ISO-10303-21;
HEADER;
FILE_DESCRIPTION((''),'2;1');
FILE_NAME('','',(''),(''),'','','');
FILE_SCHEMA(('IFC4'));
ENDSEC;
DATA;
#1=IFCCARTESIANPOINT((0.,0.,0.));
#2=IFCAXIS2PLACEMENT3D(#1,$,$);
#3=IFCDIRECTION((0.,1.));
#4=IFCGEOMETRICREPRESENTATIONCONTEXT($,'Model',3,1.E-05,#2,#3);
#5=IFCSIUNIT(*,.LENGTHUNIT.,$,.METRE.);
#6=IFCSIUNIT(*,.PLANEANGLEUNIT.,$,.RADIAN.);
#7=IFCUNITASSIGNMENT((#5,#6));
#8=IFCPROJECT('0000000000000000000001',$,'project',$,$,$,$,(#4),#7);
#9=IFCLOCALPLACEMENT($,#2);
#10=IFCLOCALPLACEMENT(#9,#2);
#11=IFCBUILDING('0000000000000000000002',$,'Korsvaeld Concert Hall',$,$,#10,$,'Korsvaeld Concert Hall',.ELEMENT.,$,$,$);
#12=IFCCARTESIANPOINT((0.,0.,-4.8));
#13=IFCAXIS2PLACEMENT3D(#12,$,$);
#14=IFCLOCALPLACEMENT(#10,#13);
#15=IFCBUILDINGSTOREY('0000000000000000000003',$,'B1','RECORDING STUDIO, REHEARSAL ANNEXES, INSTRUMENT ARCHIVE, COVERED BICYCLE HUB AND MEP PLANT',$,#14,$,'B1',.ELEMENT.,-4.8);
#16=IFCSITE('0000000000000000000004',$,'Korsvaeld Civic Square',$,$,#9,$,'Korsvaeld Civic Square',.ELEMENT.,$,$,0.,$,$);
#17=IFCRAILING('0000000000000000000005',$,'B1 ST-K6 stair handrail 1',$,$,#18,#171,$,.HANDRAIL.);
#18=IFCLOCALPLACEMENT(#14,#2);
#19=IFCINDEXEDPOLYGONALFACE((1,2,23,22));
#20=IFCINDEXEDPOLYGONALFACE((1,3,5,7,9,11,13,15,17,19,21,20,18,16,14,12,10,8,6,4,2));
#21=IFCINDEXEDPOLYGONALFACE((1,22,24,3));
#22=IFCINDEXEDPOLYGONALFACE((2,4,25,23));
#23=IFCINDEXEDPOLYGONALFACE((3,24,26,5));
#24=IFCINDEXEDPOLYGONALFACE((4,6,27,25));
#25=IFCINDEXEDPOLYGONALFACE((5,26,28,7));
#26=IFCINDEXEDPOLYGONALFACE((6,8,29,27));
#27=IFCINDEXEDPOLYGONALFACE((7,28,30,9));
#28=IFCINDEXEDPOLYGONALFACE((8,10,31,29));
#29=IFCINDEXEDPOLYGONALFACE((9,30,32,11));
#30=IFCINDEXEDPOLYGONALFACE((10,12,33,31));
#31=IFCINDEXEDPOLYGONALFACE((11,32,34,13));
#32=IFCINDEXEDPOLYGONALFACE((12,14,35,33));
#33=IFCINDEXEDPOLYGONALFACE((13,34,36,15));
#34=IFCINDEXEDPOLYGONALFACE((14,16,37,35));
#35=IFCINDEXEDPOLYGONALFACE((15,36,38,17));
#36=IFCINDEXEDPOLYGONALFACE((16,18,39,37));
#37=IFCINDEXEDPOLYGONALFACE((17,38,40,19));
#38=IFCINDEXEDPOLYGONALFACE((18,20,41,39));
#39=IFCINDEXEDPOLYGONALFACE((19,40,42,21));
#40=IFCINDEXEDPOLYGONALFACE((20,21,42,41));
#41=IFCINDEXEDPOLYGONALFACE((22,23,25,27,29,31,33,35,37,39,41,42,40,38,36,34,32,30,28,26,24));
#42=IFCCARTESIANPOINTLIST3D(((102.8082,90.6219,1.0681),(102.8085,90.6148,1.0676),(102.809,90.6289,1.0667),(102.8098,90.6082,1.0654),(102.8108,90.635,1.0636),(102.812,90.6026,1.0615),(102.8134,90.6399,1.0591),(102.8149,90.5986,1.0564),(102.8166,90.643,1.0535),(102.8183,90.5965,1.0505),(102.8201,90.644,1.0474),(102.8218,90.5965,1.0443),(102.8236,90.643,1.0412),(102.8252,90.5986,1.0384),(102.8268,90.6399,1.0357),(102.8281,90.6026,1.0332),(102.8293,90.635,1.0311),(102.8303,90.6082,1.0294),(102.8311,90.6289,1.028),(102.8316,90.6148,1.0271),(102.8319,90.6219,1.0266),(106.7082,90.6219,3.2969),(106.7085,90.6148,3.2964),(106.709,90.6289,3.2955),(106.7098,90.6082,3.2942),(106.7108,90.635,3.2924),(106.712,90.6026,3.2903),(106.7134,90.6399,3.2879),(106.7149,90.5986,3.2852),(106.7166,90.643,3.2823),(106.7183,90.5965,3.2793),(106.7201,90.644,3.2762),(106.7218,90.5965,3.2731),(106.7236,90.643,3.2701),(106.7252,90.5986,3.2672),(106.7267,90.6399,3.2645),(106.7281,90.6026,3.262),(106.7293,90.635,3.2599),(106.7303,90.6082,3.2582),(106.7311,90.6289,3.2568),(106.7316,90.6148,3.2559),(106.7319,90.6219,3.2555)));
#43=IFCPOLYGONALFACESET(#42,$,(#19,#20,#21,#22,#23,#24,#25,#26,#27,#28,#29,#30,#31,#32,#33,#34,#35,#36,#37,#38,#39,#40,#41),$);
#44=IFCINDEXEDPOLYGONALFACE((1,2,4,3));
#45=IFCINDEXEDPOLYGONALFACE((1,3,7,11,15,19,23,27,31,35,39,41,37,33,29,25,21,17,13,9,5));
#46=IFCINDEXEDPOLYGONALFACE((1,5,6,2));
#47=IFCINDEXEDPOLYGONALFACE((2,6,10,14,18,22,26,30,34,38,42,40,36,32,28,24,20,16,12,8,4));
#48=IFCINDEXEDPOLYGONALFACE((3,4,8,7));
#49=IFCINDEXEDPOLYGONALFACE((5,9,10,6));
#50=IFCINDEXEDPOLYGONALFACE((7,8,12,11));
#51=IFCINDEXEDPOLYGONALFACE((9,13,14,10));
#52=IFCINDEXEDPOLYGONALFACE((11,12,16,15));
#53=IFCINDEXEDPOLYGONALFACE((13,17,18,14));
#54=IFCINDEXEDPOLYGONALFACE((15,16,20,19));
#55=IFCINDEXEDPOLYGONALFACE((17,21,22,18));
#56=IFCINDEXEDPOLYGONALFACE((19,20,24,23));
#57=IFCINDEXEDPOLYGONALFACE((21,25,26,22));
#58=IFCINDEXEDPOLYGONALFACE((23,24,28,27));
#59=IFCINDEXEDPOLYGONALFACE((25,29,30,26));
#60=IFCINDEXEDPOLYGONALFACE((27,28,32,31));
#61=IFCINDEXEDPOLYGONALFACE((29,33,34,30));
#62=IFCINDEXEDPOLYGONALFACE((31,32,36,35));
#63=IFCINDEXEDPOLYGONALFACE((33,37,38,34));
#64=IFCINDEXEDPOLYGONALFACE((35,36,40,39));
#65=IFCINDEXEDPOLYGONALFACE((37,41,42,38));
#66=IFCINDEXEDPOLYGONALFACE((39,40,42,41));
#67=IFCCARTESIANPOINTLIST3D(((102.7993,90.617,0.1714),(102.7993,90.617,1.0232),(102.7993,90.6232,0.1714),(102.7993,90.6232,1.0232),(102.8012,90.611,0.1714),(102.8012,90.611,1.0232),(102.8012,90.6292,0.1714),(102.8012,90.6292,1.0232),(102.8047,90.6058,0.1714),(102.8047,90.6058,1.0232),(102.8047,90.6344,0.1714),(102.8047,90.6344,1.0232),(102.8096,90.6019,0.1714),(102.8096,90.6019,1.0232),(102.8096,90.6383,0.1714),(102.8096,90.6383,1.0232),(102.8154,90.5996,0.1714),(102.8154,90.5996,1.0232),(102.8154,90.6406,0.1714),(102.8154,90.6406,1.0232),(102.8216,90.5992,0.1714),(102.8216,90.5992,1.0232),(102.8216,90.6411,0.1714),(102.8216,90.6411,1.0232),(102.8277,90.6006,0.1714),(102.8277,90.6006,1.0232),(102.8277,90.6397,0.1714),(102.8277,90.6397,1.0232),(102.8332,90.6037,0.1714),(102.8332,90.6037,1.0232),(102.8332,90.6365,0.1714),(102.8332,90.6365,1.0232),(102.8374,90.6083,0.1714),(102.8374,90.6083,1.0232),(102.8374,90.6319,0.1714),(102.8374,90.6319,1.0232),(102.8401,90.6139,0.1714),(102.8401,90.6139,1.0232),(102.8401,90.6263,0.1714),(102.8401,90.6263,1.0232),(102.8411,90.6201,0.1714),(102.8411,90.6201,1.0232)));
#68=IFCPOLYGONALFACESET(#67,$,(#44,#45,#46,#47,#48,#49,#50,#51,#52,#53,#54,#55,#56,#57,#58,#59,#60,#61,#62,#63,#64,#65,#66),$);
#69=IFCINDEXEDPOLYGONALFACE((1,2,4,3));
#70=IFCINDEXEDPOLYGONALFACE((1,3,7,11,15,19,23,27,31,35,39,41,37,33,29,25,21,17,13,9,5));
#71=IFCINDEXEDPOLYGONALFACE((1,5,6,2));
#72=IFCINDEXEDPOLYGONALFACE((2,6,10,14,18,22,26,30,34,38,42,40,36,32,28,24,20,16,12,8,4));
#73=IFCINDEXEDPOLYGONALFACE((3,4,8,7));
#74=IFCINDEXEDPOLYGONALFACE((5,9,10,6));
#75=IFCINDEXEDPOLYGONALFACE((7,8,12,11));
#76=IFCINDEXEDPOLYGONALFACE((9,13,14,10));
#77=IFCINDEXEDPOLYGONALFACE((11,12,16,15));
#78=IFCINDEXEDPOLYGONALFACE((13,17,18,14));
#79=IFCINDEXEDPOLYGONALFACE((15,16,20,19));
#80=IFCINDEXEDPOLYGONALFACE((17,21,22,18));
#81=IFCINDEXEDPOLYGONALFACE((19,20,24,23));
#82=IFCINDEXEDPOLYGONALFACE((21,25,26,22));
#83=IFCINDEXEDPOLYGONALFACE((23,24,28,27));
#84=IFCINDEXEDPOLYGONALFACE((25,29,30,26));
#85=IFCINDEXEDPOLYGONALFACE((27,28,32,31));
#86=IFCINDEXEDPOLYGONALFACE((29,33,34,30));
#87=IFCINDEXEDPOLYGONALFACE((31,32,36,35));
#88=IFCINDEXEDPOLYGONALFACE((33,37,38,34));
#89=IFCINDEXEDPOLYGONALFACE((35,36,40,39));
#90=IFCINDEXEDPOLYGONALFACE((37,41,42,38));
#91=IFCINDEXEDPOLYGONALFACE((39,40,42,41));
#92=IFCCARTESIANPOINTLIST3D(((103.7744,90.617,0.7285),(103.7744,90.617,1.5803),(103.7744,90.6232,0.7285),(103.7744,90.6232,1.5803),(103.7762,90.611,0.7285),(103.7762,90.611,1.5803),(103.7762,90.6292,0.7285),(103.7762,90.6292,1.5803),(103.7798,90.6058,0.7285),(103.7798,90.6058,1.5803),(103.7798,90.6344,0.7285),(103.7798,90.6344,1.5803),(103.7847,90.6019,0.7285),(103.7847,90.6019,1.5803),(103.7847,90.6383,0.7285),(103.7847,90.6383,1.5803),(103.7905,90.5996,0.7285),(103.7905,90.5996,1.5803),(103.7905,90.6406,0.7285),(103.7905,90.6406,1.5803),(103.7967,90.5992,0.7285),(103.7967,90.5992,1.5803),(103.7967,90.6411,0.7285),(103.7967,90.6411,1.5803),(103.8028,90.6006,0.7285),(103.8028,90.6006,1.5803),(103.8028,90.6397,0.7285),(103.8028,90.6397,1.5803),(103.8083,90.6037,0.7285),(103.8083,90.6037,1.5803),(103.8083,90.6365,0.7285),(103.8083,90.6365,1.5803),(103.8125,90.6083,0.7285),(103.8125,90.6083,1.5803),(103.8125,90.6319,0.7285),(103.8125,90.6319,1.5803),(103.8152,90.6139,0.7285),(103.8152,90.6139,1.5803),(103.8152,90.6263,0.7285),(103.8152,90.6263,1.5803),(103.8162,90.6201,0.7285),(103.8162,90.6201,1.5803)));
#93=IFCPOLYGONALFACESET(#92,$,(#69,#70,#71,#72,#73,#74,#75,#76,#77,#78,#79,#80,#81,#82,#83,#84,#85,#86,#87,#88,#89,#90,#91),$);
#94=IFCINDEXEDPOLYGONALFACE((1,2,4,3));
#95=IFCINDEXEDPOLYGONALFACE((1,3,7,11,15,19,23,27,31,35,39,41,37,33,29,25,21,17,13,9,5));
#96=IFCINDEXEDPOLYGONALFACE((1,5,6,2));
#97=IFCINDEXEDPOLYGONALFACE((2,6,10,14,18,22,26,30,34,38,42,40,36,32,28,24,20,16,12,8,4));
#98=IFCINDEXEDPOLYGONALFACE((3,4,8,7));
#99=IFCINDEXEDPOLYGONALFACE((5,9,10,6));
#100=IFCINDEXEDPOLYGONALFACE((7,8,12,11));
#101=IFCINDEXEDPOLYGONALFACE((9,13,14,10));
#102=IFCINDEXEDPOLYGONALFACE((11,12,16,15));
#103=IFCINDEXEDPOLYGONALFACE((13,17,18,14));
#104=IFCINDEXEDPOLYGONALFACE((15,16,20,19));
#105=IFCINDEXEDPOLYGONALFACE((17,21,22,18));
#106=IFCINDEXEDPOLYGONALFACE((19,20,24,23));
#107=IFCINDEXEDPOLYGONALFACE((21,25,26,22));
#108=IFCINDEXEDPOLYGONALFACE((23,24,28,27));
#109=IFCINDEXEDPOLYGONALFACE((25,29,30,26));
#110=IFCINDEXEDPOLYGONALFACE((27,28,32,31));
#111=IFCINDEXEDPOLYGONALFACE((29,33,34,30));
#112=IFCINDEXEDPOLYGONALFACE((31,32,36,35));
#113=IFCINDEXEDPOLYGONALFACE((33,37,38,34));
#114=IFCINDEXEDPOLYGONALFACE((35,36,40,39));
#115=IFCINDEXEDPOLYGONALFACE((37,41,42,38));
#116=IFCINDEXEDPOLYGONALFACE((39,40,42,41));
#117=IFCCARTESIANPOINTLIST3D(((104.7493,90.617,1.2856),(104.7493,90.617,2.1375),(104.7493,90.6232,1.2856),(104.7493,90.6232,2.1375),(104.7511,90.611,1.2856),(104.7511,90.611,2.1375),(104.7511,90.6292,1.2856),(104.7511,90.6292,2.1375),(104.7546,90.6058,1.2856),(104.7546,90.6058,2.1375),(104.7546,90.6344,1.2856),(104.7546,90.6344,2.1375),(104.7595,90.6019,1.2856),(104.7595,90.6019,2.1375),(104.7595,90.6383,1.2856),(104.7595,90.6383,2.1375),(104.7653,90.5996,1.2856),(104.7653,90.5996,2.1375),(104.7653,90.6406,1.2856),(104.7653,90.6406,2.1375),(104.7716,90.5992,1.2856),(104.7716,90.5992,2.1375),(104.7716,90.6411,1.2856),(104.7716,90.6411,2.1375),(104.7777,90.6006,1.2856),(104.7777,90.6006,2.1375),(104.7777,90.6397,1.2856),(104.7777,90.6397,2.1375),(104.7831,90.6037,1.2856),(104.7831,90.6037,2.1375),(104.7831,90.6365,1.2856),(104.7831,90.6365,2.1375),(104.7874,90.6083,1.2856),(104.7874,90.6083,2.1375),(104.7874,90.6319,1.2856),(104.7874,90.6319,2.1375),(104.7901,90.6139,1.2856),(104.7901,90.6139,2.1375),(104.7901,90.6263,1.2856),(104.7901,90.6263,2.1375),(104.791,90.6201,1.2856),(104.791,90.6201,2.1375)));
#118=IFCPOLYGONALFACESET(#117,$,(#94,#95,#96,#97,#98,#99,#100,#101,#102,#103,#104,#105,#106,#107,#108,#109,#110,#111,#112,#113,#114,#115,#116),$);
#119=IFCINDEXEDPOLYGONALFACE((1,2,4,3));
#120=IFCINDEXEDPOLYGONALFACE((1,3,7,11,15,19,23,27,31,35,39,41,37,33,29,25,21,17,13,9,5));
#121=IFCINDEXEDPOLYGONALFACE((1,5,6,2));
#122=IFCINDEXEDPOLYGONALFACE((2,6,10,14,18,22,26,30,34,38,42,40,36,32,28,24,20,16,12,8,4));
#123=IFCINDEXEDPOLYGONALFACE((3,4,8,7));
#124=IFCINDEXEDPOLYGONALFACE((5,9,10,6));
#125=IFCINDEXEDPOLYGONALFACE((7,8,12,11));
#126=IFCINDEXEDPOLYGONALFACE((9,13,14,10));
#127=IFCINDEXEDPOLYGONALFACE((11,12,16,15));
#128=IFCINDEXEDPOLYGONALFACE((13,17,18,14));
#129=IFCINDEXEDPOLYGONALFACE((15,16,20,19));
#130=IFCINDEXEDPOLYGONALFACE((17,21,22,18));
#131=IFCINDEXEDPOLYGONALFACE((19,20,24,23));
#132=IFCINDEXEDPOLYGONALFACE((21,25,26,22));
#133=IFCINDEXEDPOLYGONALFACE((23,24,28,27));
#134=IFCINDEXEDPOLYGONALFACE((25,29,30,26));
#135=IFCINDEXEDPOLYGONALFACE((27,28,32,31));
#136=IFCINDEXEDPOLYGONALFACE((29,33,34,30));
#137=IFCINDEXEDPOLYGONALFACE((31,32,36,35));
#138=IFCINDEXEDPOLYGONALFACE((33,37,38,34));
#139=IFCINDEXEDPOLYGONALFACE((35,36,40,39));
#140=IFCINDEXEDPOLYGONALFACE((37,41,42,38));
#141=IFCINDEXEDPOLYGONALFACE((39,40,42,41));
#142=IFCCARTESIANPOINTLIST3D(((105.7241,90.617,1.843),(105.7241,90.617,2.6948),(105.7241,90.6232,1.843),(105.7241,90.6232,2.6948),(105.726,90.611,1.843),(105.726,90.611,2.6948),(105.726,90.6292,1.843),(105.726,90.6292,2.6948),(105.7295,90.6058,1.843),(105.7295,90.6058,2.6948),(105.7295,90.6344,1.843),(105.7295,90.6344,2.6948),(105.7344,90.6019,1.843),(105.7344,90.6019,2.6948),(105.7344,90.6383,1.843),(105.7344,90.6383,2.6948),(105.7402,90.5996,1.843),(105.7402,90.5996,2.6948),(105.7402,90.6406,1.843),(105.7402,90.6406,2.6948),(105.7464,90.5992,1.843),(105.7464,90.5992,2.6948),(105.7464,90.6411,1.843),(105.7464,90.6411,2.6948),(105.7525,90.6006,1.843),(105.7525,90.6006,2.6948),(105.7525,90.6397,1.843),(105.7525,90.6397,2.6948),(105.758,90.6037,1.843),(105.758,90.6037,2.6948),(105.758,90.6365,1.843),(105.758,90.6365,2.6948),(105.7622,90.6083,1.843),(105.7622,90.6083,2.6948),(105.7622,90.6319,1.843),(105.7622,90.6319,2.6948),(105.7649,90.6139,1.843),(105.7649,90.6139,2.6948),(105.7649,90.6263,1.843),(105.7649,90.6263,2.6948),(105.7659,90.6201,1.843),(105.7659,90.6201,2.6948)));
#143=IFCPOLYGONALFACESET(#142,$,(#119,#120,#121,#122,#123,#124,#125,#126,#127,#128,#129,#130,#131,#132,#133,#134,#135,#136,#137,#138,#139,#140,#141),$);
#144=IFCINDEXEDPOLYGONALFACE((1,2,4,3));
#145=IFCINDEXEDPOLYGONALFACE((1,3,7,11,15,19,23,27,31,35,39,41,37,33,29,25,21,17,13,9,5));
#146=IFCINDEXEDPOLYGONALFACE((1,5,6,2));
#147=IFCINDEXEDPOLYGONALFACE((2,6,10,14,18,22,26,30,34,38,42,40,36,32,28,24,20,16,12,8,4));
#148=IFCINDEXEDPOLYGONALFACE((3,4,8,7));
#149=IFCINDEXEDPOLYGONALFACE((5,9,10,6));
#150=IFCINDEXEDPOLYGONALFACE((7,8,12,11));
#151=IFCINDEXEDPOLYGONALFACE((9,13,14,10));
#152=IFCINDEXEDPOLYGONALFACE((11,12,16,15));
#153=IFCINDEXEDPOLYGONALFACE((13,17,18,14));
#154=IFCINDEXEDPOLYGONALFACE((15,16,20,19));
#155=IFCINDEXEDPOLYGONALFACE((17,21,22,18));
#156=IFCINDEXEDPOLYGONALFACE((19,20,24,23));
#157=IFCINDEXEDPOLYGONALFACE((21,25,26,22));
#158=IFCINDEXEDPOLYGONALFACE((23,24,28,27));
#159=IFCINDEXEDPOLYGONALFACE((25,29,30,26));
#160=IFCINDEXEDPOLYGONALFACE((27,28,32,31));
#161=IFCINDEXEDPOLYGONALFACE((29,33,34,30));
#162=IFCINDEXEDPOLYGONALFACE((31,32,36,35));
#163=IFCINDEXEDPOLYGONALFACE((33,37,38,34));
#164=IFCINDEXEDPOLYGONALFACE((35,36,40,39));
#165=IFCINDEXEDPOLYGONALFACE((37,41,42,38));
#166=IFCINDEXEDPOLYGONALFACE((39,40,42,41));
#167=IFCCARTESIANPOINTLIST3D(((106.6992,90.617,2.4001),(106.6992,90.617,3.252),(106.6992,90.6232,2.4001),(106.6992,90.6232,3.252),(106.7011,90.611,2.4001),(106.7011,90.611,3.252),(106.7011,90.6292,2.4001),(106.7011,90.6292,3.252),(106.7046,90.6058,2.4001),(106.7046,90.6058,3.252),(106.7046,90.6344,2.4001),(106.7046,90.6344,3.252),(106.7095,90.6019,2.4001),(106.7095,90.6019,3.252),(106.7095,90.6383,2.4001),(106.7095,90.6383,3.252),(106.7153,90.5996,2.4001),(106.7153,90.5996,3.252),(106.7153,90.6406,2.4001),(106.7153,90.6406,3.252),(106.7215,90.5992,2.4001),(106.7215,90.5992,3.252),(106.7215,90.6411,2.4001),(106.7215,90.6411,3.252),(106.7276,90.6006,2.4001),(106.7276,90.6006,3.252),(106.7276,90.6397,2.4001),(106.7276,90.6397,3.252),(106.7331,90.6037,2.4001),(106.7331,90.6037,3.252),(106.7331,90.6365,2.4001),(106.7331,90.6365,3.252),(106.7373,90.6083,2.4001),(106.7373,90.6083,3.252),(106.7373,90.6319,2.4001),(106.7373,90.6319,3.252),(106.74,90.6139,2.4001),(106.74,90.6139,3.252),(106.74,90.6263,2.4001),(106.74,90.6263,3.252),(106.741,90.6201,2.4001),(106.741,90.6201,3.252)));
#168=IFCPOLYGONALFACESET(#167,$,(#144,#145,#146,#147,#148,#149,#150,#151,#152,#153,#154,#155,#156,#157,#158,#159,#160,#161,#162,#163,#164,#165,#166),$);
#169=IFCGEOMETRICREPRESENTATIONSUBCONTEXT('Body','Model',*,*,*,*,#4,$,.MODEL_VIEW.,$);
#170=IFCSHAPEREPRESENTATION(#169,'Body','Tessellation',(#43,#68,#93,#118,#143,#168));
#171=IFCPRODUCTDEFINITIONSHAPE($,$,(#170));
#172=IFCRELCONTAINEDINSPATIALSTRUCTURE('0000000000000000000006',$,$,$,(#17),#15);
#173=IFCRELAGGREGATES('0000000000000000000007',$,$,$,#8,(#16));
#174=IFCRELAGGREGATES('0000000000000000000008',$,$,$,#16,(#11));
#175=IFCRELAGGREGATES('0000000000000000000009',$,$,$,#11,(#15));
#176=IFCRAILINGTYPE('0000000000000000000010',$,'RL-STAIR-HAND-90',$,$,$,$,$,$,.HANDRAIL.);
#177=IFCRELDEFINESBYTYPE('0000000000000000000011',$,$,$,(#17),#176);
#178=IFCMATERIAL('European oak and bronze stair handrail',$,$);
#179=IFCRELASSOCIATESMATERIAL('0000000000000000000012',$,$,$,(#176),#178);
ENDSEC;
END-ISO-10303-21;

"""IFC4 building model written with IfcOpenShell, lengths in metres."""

from ifc_helpers import new_model, si_unit, direction, frame, origin, origin_2d, place, context, subcontext, project, spatial, circle, extrude, material, type_object, element, save


model = new_model("IFC4")

# Units and contexts
model_context = context("Model", 3, precision=1e-05, world=origin(), true_north=direction((0.0, 1.0)))
body_context = subcontext(model_context, "Body", "Model", "MODEL_VIEW")
ifc_project = project(units=[si_unit("LENGTHUNIT", "METRE"), si_unit("PLANEANGLEUNIT", "RADIAN")], contexts=[model_context])

# Site, building, storey
site_placement = place(None, origin())
site = spatial("IfcSite", under=ifc_project, at=site_placement, Name="Korsvaeld Civic Square", LongName="Korsvaeld Civic Square", CompositionType="ELEMENT", RefElevation=0.0)
building_placement = place(site_placement, origin())
building = spatial("IfcBuilding", under=site, at=building_placement, Name="Korsvaeld Concert Hall", LongName="Korsvaeld Concert Hall", CompositionType="ELEMENT")
storey_placement = place(building_placement, frame((0.0, 0.0, -4.8)))
storey = spatial("IfcBuildingStorey", under=building, at=storey_placement, Name="B1", Description="RECORDING STUDIO, REHEARSAL ANNEXES, INSTRUMENT ARCHIVE, COVERED BICYCLE HUB AND MEP PLANT", LongName="B1", CompositionType="ELEMENT", Elevation=-4.8)

# Railing
ifc_material_1 = material(Name="European oak and bronze stair handrail")
railing_type = type_object("IfcRailingType", Name="RL-STAIR-HAND-90", PredefinedType="HANDRAIL", material=ifc_material_1)
railing_placement = place(storey_placement, frame((102.8201, 90.6201, 0.1714)))
element("IfcRailing", 1, at=railing_placement, inside=storey, type_object=railing_type, Name="B1 ST-K6 stair handrail 1", PredefinedType="HANDRAIL", context=body_context, shape_type="SweptSolid", body=[
    extrude(circle(Radius=0.0239, at=origin_2d()), frame((0.0, 0.0, 0.876), z_axis=(0.86822, 0.0, 0.49618), x_axis=(0.0, 1.0, 0.0)), (0.0, 0.0, 1.0), 4.4919),
    extrude(circle(Radius=0.021, at=origin_2d()), origin(), (0.0, 0.0, 1.0), 0.8518),
    extrude(circle(Radius=0.021, at=origin_2d()), frame((0.9751, 0.0, 0.5571)), (0.0, 0.0, 1.0), 0.8518),
    extrude(circle(Radius=0.021, at=origin_2d()), frame((1.95, 0.0, 1.1143)), (0.0, 0.0, 1.0), 0.8518),
    extrude(circle(Radius=0.021, at=origin_2d()), frame((2.9248, 0.0, 1.6716)), (0.0, 0.0, 1.0), 0.8518),
    extrude(circle(Radius=0.021, at=origin_2d()), frame((3.8999, 0.0, 2.2288)), (0.0, 0.0, 1.0), 0.8518),
])

save(model, "model.ifc")
